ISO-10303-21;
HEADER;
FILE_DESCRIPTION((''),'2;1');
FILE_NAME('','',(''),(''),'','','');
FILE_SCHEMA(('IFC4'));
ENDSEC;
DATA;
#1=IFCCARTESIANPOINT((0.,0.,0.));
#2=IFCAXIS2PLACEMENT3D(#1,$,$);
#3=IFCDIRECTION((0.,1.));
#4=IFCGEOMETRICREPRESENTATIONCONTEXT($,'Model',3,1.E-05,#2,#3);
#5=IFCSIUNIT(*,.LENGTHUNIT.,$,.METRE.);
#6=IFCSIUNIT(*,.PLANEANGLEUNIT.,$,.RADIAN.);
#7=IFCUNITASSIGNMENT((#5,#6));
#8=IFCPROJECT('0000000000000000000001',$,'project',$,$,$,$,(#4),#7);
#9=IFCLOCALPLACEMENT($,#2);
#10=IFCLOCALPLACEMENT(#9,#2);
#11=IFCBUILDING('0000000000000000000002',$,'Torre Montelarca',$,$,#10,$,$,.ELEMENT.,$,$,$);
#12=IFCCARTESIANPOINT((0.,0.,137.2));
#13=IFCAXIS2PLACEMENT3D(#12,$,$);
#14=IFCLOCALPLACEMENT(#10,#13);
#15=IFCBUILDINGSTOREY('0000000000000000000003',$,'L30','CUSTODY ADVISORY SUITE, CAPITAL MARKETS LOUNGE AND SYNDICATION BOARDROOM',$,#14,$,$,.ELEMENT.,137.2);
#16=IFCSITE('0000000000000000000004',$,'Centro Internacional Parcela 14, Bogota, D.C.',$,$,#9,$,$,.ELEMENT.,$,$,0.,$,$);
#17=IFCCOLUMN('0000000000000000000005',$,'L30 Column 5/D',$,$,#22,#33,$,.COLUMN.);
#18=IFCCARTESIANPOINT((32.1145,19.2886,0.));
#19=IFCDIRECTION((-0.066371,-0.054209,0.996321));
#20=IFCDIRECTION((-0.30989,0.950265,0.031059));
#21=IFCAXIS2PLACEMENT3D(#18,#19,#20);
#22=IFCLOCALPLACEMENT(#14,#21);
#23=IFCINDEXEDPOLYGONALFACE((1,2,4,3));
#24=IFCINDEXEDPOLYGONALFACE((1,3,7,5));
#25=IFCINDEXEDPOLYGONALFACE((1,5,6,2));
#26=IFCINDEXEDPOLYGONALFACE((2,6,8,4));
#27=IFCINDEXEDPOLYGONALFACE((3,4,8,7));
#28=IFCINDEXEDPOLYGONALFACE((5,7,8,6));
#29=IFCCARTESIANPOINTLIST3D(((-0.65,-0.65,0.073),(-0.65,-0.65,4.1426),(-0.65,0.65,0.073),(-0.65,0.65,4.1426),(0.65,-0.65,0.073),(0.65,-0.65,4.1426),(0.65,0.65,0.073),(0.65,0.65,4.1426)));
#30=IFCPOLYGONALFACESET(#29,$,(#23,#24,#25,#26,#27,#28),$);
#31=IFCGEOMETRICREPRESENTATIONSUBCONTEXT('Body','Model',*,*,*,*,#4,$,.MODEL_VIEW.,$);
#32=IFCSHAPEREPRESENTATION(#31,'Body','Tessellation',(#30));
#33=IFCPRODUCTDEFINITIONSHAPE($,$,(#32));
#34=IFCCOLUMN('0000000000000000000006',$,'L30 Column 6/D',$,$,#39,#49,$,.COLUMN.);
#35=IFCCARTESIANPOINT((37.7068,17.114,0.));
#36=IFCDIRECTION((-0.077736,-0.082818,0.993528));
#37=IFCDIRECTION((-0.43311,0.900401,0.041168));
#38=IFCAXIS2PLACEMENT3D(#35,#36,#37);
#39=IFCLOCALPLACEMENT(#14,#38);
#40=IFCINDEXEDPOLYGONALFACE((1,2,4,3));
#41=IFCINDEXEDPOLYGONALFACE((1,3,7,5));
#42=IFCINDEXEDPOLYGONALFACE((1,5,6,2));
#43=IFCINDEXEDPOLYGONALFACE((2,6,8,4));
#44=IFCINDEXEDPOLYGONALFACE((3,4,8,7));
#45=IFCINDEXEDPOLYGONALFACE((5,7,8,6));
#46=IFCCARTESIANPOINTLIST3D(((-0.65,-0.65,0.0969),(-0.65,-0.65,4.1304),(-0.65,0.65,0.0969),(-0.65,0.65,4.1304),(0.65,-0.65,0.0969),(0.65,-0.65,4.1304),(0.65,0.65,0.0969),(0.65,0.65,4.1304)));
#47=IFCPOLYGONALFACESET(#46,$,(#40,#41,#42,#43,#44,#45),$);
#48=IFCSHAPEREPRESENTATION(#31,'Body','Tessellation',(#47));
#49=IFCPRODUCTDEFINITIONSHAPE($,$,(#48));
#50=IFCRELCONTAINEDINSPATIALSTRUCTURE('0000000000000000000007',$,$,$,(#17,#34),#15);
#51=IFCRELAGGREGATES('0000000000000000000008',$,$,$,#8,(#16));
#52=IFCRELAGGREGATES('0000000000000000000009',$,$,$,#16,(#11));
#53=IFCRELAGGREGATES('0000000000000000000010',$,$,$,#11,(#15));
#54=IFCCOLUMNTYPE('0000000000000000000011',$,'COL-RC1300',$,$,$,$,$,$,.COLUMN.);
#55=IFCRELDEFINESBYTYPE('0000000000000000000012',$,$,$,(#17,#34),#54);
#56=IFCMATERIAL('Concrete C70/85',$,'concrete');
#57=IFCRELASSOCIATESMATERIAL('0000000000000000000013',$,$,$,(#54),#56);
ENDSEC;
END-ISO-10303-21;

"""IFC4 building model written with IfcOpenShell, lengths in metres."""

from ifc_helpers import new_model, si_unit, direction, frame, origin, origin_2d, place, context, subcontext, project, spatial, rectangle, extrude, clip, halfspace, material, material_profile, profile_set, type_object, element, save


model = new_model("IFC4")

# Units and contexts
model_context = context("Model", 3, precision=1e-05, world=origin(), true_north=direction((0.0, 1.0)))
body_context = subcontext(model_context, "Body", "Model", "MODEL_VIEW")
ifc_project = project(units=[si_unit("LENGTHUNIT", "METRE"), si_unit("PLANEANGLEUNIT", "RADIAN")], contexts=[model_context])

# Site, building, storey
site_placement = place(None, origin())
site = spatial("IfcSite", under=ifc_project, at=site_placement, Name="Centro Internacional Parcela 14, Bogota, D.C.", CompositionType="ELEMENT", RefElevation=0.0)
building_placement = place(site_placement, origin())
building = spatial("IfcBuilding", under=site, at=building_placement, Name="Torre Montelarca", CompositionType="ELEMENT")
storey_placement = place(building_placement, frame((0.0, 0.0, 137.2)))
storey = spatial("IfcBuildingStorey", under=building, at=storey_placement, Name="L30", Description="CUSTODY ADVISORY SUITE, CAPITAL MARKETS LOUNGE AND SYNDICATION BOARDROOM", CompositionType="ELEMENT", Elevation=137.2)

# Columns
ifc_material_1 = material(Name="Concrete C70/85", Category="concrete")
ifc_material_profile_1 = material_profile(ifc_material_1, rectangle(XDim=1.3, YDim=1.3, at=origin_2d()), Name="RC1300X1300", Category="concrete")
ifc_profile_set_1 = profile_set([ifc_material_profile_1], Name="Concrete C70/85")
column_type = type_object("IfcColumnType", Name="COL-RC1300", PredefinedType="COLUMN", material=ifc_profile_set_1)
column_1_placement = place(storey_placement, frame((32.1145, 19.2886, 0.0), z_axis=(-0.066371, -0.054209, 0.996321), x_axis=(-0.30989, 0.950265, 0.031059)))
element("IfcColumn", 1, at=column_1_placement, inside=storey, type_object=column_type, Name="L30 Column 5/D", PredefinedType="COLUMN", context=body_context, shape_type="Clipping", body=[
    clip(clip(extrude(rectangle(XDim=1.3, YDim=1.3, at=origin_2d()), origin(), (0.0, 0.0, 1.0), 4.2156), halfspace(frame((0.0, 0.0, 0.073), z_axis=(0.0, 0.0, -1.0), x_axis=(1.0, 0.0, 0.0)), False)), halfspace(frame((0.0, 0.0, 4.1426), z_axis=(0.0, 0.0, 1.0), x_axis=(1.0, 0.0, 0.0)), False)),
])
column_2_placement = place(storey_placement, frame((37.7068, 17.114, 0.0), z_axis=(-0.077736, -0.082818, 0.993528), x_axis=(-0.43311, 0.900401, 0.041168)))
element("IfcColumn", 2, at=column_2_placement, inside=storey, type_object=column_type, Name="L30 Column 6/D", PredefinedType="COLUMN", context=body_context, shape_type="Clipping", body=[
    clip(clip(extrude(rectangle(XDim=1.3, YDim=1.3, at=origin_2d()), origin(), (0.0, 0.0, 1.0), 4.2273), halfspace(frame((0.0, 0.0, 0.0969), z_axis=(0.0, 0.0, -1.0), x_axis=(1.0, 0.0, 0.0)), False)), halfspace(frame((0.0, 0.0, 4.1304), z_axis=(0.0, 0.0, 1.0), x_axis=(1.0, 0.0, 0.0)), False)),
])

save(model, "model.ifc")
